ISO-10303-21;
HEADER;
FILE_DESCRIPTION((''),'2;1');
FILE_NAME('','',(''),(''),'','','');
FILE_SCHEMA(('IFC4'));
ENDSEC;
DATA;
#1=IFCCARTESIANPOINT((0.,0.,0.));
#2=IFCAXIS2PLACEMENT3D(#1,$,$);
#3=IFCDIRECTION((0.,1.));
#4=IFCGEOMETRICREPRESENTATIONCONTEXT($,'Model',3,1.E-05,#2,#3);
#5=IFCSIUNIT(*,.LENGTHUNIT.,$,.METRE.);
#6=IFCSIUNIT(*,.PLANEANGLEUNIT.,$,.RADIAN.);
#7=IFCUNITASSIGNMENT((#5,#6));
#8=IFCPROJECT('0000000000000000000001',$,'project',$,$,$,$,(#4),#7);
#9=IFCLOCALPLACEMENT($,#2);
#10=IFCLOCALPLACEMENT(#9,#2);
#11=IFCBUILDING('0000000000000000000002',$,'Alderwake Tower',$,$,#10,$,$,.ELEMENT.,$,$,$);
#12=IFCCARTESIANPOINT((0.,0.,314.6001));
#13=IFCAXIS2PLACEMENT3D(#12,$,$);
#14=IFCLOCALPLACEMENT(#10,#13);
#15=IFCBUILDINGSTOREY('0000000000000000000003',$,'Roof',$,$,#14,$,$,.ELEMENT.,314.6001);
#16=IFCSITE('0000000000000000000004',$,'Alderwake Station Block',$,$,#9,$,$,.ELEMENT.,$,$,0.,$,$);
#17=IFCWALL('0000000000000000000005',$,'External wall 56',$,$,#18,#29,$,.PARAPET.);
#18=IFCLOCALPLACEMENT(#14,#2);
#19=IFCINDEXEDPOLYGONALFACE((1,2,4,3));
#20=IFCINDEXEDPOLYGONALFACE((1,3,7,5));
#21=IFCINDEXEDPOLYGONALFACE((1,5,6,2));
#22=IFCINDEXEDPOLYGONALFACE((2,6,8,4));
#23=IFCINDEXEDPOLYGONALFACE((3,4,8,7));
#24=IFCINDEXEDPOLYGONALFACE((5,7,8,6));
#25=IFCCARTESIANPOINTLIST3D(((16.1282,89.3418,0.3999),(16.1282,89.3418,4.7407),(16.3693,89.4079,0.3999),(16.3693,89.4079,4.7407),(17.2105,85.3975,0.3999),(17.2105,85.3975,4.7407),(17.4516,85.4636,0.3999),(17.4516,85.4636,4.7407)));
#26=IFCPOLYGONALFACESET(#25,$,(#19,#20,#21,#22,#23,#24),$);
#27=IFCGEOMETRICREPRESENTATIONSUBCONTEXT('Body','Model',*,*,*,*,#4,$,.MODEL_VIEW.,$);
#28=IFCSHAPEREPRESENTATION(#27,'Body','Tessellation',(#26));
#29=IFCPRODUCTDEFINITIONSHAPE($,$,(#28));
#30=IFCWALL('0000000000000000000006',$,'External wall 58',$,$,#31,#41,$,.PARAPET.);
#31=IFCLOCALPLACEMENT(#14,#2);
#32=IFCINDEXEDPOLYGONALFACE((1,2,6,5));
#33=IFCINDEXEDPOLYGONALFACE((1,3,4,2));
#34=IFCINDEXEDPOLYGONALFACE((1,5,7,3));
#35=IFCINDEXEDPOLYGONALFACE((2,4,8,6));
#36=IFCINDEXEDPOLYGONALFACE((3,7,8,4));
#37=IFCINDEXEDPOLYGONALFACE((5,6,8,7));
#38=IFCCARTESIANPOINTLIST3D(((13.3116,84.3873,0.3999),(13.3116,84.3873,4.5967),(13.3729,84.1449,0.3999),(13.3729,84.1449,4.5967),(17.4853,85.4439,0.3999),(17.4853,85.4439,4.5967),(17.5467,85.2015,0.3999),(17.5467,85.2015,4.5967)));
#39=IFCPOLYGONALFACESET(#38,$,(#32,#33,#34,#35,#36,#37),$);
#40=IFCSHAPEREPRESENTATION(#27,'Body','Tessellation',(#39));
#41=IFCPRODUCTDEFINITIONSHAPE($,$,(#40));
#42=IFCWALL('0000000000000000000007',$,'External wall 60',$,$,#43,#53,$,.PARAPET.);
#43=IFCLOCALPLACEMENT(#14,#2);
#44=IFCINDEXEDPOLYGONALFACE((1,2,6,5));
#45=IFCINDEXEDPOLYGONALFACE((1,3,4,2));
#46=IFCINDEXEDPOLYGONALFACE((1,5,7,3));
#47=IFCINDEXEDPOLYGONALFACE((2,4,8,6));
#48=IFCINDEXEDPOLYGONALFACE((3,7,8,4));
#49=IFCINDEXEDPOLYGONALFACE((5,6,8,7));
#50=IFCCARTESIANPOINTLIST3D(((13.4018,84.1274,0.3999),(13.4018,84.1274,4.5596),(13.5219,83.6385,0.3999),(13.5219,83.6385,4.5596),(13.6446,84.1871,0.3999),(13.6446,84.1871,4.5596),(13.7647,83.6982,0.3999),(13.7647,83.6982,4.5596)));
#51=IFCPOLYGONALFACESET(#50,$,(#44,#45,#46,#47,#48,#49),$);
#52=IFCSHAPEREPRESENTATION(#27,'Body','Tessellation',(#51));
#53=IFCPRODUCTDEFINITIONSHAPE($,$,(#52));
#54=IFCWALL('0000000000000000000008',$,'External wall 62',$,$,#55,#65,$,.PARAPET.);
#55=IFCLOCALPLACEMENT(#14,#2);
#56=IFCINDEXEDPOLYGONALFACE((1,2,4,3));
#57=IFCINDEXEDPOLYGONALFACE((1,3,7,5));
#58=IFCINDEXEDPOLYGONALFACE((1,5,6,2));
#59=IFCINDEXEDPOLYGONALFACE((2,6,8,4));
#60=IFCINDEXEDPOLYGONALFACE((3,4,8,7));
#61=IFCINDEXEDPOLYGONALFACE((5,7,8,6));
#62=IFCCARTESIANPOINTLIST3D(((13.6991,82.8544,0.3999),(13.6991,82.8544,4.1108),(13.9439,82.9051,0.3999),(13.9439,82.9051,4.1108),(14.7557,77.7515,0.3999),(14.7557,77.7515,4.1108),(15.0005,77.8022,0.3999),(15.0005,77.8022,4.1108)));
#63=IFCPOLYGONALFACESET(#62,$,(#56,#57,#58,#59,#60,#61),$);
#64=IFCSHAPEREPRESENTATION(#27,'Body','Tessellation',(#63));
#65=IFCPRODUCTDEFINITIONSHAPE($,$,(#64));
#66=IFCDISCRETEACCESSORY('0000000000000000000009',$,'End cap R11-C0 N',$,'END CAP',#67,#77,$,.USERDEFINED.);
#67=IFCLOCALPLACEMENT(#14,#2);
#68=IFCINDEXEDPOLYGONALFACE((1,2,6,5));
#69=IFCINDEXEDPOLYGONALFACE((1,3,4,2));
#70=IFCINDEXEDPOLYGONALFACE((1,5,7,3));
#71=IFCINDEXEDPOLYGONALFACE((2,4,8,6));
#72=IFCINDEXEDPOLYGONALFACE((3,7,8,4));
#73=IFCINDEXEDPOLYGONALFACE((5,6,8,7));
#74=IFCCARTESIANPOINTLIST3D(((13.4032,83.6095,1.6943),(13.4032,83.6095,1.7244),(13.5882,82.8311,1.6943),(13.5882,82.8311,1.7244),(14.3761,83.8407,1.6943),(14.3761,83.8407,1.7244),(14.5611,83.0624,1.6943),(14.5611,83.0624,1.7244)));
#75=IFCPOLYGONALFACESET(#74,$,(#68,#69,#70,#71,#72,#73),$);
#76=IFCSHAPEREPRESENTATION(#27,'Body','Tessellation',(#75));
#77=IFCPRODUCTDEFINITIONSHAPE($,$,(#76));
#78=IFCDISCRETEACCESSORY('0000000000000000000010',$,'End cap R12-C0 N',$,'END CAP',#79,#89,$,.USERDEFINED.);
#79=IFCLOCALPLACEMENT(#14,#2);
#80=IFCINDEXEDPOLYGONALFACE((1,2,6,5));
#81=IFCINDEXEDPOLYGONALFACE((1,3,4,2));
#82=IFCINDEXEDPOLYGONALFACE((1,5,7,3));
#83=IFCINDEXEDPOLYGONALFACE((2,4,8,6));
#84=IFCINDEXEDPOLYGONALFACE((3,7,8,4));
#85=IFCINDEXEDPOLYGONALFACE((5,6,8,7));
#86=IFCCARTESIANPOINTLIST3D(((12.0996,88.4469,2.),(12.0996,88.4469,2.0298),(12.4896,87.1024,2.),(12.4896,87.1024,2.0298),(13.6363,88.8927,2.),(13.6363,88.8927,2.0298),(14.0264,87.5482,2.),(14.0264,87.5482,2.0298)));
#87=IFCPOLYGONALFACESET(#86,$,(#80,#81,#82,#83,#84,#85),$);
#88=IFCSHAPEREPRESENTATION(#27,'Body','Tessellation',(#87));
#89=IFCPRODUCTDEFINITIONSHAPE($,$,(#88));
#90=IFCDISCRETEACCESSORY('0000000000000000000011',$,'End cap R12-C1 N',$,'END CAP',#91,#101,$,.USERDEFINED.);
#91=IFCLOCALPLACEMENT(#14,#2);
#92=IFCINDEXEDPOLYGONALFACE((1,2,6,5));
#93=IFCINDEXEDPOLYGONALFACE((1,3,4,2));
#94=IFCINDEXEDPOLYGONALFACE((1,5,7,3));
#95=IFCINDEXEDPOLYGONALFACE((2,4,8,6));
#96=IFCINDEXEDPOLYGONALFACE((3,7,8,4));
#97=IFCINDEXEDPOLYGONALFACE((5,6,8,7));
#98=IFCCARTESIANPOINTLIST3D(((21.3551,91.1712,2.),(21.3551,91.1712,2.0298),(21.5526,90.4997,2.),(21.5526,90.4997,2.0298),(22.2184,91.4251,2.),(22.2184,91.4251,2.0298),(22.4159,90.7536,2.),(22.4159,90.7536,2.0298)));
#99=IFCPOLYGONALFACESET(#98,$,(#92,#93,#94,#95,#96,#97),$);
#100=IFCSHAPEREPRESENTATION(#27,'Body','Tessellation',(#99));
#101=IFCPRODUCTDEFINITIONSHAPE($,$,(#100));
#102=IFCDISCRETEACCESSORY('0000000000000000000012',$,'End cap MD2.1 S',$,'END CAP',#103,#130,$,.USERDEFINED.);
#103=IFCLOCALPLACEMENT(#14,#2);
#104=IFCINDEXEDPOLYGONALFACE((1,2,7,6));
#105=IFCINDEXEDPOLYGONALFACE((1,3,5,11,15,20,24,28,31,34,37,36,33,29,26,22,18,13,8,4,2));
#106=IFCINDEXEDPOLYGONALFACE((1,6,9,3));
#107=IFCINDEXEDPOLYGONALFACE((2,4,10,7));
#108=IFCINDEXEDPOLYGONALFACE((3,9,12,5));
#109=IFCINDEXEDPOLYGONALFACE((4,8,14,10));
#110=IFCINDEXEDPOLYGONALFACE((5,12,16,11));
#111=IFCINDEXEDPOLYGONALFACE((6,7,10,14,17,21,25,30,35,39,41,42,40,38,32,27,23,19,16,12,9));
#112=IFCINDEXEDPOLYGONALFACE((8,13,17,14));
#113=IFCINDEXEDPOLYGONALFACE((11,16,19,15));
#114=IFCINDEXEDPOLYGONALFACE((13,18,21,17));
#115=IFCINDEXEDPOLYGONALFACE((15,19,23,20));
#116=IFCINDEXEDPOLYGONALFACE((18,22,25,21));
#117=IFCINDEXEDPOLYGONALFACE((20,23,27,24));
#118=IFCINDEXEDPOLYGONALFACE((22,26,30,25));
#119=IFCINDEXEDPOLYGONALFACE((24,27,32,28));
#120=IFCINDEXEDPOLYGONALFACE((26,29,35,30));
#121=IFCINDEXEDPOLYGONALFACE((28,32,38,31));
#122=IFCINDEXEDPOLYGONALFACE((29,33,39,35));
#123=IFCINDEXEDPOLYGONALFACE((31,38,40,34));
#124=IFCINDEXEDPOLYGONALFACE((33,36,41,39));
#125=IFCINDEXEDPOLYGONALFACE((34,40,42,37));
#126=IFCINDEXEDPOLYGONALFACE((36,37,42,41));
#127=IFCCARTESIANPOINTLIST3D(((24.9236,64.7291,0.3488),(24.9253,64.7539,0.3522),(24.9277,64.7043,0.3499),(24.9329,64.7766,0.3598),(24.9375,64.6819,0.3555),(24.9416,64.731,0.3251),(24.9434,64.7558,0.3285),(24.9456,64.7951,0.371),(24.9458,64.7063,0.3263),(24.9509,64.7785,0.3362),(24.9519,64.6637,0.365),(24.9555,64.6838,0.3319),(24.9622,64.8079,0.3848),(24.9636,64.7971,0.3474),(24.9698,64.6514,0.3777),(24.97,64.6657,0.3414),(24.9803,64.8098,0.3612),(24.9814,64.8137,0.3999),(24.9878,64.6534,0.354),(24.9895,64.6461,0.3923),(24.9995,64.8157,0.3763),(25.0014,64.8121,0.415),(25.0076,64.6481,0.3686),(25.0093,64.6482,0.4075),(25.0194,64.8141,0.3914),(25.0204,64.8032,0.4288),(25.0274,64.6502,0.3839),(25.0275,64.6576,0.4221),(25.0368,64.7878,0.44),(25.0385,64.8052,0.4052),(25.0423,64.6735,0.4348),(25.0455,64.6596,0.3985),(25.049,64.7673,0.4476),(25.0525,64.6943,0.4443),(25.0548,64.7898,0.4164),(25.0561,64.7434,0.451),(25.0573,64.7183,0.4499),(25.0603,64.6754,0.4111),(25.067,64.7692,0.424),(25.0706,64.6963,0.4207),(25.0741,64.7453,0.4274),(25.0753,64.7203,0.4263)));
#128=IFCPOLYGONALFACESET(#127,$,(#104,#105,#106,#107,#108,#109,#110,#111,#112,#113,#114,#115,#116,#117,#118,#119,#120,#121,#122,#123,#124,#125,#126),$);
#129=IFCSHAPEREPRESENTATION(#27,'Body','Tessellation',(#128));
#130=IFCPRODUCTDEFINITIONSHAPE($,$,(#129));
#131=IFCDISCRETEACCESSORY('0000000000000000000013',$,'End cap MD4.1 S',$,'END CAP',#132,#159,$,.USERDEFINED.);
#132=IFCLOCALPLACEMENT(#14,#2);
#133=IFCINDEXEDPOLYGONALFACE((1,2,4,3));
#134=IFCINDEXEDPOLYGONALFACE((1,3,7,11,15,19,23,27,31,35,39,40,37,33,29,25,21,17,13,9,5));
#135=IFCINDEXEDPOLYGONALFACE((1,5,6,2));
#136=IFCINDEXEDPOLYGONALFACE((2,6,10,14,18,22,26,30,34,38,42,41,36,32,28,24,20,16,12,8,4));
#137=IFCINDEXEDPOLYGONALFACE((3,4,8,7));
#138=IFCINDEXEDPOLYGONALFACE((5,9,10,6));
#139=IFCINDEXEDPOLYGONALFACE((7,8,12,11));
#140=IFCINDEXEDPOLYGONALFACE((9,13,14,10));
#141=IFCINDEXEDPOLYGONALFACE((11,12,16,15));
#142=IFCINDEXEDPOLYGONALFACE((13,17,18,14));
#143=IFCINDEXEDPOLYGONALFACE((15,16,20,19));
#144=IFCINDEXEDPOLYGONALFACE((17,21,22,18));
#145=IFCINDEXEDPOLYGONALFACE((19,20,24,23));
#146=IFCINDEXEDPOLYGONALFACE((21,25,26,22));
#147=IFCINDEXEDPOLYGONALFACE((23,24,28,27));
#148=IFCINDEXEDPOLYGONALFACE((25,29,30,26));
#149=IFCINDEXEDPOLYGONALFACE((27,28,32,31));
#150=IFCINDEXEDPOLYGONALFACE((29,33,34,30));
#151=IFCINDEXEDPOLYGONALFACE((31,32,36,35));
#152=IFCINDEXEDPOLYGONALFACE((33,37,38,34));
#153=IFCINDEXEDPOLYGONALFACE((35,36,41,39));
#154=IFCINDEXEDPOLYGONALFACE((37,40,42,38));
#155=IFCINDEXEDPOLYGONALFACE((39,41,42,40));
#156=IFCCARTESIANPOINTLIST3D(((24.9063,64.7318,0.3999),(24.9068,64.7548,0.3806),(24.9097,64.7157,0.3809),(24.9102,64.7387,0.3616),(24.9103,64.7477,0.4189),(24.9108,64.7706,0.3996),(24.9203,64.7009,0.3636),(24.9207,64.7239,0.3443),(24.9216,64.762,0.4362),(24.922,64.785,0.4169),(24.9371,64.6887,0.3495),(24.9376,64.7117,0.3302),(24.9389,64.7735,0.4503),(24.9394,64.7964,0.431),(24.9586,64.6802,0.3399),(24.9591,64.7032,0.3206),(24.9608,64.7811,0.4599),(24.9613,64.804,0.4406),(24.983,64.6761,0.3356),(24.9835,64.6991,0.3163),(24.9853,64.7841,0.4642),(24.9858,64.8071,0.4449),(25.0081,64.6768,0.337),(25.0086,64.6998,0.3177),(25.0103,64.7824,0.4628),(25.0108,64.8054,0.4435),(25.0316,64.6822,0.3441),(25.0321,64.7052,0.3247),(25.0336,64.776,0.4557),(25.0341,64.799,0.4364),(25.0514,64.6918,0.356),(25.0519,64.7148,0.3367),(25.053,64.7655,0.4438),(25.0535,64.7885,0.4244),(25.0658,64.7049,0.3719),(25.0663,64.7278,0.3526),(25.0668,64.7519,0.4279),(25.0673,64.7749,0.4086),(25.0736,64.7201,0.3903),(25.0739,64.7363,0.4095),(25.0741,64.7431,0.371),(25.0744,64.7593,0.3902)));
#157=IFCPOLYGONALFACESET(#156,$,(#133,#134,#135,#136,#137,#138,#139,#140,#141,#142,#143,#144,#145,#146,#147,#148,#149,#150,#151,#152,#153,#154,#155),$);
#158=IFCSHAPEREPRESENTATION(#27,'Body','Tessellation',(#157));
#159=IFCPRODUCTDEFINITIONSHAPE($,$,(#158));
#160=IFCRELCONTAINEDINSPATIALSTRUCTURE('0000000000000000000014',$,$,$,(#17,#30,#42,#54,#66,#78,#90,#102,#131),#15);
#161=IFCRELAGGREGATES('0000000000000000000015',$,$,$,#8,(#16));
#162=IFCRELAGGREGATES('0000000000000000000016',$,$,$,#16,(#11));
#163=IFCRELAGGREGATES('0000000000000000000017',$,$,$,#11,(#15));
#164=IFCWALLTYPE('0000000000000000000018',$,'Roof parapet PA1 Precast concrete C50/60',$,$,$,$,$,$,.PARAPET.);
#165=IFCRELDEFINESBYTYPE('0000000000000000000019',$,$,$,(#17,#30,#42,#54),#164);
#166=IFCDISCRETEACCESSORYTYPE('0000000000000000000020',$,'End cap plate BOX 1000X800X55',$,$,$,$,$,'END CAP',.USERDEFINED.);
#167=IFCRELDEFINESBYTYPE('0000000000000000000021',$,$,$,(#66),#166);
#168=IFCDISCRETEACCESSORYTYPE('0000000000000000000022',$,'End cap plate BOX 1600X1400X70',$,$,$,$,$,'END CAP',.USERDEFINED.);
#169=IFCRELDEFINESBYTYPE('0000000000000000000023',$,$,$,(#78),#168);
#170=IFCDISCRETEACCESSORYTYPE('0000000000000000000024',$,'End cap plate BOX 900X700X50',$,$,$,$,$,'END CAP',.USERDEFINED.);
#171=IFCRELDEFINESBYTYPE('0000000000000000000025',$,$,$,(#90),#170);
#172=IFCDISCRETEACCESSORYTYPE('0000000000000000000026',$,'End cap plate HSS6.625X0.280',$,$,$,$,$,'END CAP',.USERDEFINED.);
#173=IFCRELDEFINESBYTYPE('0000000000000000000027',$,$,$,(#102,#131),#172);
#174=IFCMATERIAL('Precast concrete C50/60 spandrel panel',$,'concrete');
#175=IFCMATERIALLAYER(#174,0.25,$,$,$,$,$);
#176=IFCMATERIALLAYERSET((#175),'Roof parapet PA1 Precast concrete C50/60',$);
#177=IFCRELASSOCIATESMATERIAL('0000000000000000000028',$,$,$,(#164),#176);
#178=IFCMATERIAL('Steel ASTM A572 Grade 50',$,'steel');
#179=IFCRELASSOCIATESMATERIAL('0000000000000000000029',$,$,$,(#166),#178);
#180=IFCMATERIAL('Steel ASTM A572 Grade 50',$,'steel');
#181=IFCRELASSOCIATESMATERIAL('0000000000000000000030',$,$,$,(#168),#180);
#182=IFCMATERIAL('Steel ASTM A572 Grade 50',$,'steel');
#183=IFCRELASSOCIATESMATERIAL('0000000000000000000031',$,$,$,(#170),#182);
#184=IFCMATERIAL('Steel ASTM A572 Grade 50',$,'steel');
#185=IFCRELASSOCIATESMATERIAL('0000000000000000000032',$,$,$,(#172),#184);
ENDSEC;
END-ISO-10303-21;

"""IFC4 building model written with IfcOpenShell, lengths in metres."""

from ifc_helpers import new_model, si_unit, direction, frame, frame_2d, origin, origin_2d, place, context, subcontext, project, spatial, rectangle, circle, extrude, material, layer, layer_set, material_profile, profile_set, type_object, element, save


model = new_model("IFC4")

# Units and contexts
model_context = context("Model", 3, precision=1e-05, world=origin(), true_north=direction((0.0, 1.0)))
body_context = subcontext(model_context, "Body", "Model", "MODEL_VIEW")
ifc_project = project(units=[si_unit("LENGTHUNIT", "METRE"), si_unit("PLANEANGLEUNIT", "RADIAN")], contexts=[model_context])

# Site, building, storey
site_placement = place(None, origin())
site = spatial("IfcSite", under=ifc_project, at=site_placement, Name="Alderwake Station Block", CompositionType="ELEMENT", RefElevation=0.0)
building_placement = place(site_placement, origin())
building = spatial("IfcBuilding", under=site, at=building_placement, Name="Alderwake Tower", CompositionType="ELEMENT")
storey_placement = place(building_placement, frame((0.0, 0.0, 314.6001)))
storey = spatial("IfcBuildingStorey", under=building, at=storey_placement, Name="Roof", CompositionType="ELEMENT", Elevation=314.6001)

# Walls
ifc_material_1 = material(Name="Precast concrete C50/60 spandrel panel", Category="concrete")
ifc_layer = layer(ifc_material_1, 0.25)
ifc_layer_set = layer_set([ifc_layer], Name="Roof parapet PA1 Precast concrete C50/60")
wall_type = type_object("IfcWallType", Name="Roof parapet PA1 Precast concrete C50/60", PredefinedType="PARAPET", material=ifc_layer_set)
wall_1_placement = place(storey_placement, frame((16.2488, 89.3748, 0.3999), z_axis=(0.0, 0.0, 1.0), x_axis=(0.264607, -0.964356, 0.0)))
element("IfcWall", 1, at=wall_1_placement, inside=storey, type_object=wall_type, Name="External wall 56", PredefinedType="PARAPET", context=body_context, shape_type="SweptSolid", body=[
    extrude(rectangle(XDim=4.0901, YDim=0.25, at=frame_2d((2.0449, 0.0))), origin(), (0.0, 0.0, 1.0), 4.3408),
])
wall_2_placement = place(storey_placement, frame((17.5161, 85.3228, 0.3999), z_axis=(0.0, 0.0, 1.0), x_axis=(-0.969418, -0.245416, 0.0)))
element("IfcWall", 2, at=wall_2_placement, inside=storey, type_object=wall_type, Name="External wall 58", PredefinedType="PARAPET", context=body_context, shape_type="SweptSolid", body=[
    extrude(rectangle(XDim=4.3054, YDim=0.25, at=frame_2d((2.1528, 0.0))), origin(), (0.0, 0.0, 1.0), 4.1968),
])
wall_3_placement = place(storey_placement, frame((13.5232, 84.1572, 0.3999), z_axis=(0.0, 0.0, 1.0), x_axis=(0.238653, -0.971105, 0.0)))
element("IfcWall", 3, at=wall_3_placement, inside=storey, type_object=wall_type, Name="External wall 60", PredefinedType="PARAPET", context=body_context, shape_type="SweptSolid", body=[
    extrude(rectangle(XDim=0.5034, YDim=0.25, at=frame_2d((0.2517, 0.0))), origin(), (0.0, 0.0, 1.0), 4.1597),
])
wall_4_placement = place(storey_placement, frame((13.8215, 82.8796, 0.3999), z_axis=(0.0, 0.0, 1.0), x_axis=(0.202761, -0.979228, 0.0)))
element("IfcWall", 4, at=wall_4_placement, inside=storey, type_object=wall_type, Name="External wall 62", PredefinedType="PARAPET", context=body_context, shape_type="SweptSolid", body=[
    extrude(rectangle(XDim=5.2112, YDim=0.25, at=frame_2d((2.6055, 0.0))), origin(), (0.0, 0.0, 1.0), 3.7109),
])

# Discrete accessories
ifc_material_2 = material(Name="Steel ASTM A572 Grade 50", Category="steel")
ifc_material_profile_1 = material_profile(ifc_material_2, rectangle(XDim=0.8, YDim=1.0, at=origin_2d()), Name="BOX 1000X800X55 cap")
ifc_profile_set_1 = profile_set([ifc_material_profile_1], Name="Steel ASTM A572 Grade 50")
discrete_accessory_type_1 = type_object("IfcDiscreteAccessoryType", Name="End cap plate BOX 1000X800X55", ElementType="END CAP", PredefinedType="USERDEFINED", material=ifc_profile_set_1)
discrete_accessory_1_placement = place(storey_placement, frame((13.9822, 83.3359, 1.6943), z_axis=(0.0, 0.0, 1.0), x_axis=(-0.231222, 0.972901, 0.0)))
element("IfcDiscreteAccessory", 5, at=discrete_accessory_1_placement, inside=storey, type_object=discrete_accessory_type_1, Name="End cap R11-C0 N", ObjectType="END CAP", PredefinedType="USERDEFINED", context=body_context, shape_type="SweptSolid", body=[
    extrude(rectangle(XDim=0.8, YDim=1.0, at=origin_2d()), origin(), (0.0, 0.0, 1.0), 0.03),
])
ifc_material_3 = material(Name="Steel ASTM A572 Grade 50", Category="steel")
ifc_material_profile_2 = material_profile(ifc_material_3, rectangle(XDim=1.3999, YDim=1.6001, at=origin_2d()), Name="BOX 1600X1400X70 cap")
ifc_profile_set_2 = profile_set([ifc_material_profile_2], Name="Steel ASTM A572 Grade 50")
discrete_accessory_type_2 = type_object("IfcDiscreteAccessoryType", Name="End cap plate BOX 1600X1400X70", ElementType="END CAP", PredefinedType="USERDEFINED", material=ifc_profile_set_2)
discrete_accessory_2_placement = place(storey_placement, frame((13.063, 87.9976, 2.0), z_axis=(0.0, 0.0, 1.0), x_axis=(-0.278612, 0.960404, 0.0)))
element("IfcDiscreteAccessory", 6, at=discrete_accessory_2_placement, inside=storey, type_object=discrete_accessory_type_2, Name="End cap R12-C0 N", ObjectType="END CAP", PredefinedType="USERDEFINED", context=body_context, shape_type="SweptSolid", body=[
    extrude(rectangle(XDim=1.3999, YDim=1.6001, at=origin_2d()), origin(), (0.0, 0.0, 1.0), 0.0298),
])
ifc_material_4 = material(Name="Steel ASTM A572 Grade 50", Category="steel")
ifc_material_profile_3 = material_profile(ifc_material_4, rectangle(XDim=0.7, YDim=0.8999, at=origin_2d()), Name="BOX 900X700X50 cap")
ifc_profile_set_3 = profile_set([ifc_material_profile_3], Name="Steel ASTM A572 Grade 50")
discrete_accessory_type_3 = type_object("IfcDiscreteAccessoryType", Name="End cap plate BOX 900X700X50", ElementType="END CAP", PredefinedType="USERDEFINED", material=ifc_profile_set_3)
discrete_accessory_3_placement = place(storey_placement, frame((21.8855, 90.9624, 2.0), z_axis=(0.0, 0.0, 1.0), x_axis=(-0.282132, 0.959376, 0.0)))
element("IfcDiscreteAccessory", 7, at=discrete_accessory_3_placement, inside=storey, type_object=discrete_accessory_type_3, Name="End cap R12-C1 N", ObjectType="END CAP", PredefinedType="USERDEFINED", context=body_context, shape_type="SweptSolid", body=[
    extrude(rectangle(XDim=0.7, YDim=0.8999, at=origin_2d()), origin(), (0.0, 0.0, 1.0), 0.0298),
])
ifc_material_5 = material(Name="Steel ASTM A572 Grade 50", Category="steel")
ifc_material_profile_4 = material_profile(ifc_material_5, circle(Radius=0.0842, at=origin_2d()), Name="HSS6.625X0.280 cap")
ifc_profile_set_4 = profile_set([ifc_material_profile_4], Name="Steel ASTM A572 Grade 50")
discrete_accessory_type_4 = type_object("IfcDiscreteAccessoryType", Name="End cap plate HSS6.625X0.280", ElementType="END CAP", PredefinedType="USERDEFINED", material=ifc_profile_set_4)
discrete_accessory_4_placement = place(storey_placement, frame((24.9905, 64.73, 0.3999), z_axis=(0.605237, 0.065431, -0.793352), x_axis=(-0.107482, 0.994207, 0.0)))
element("IfcDiscreteAccessory", 8, at=discrete_accessory_4_placement, inside=storey, type_object=discrete_accessory_type_4, Name="End cap MD2.1 S", ObjectType="END CAP", PredefinedType="USERDEFINED", context=body_context, shape_type="SweptSolid", body=[
    extrude(circle(Radius=0.0842, at=origin_2d()), origin(), (0.0, 0.0, 1.0), 0.0298),
])
discrete_accessory_5_placement = place(storey_placement, frame((24.9905, 64.73, 0.3999), z_axis=(0.016286, 0.765443, -0.643298), x_axis=(-0.999774, 0.021272, 0.0)))
element("IfcDiscreteAccessory", 9, at=discrete_accessory_5_placement, inside=storey, type_object=discrete_accessory_type_4, Name="End cap MD4.1 S", ObjectType="END CAP", PredefinedType="USERDEFINED", context=body_context, shape_type="SweptSolid", body=[
    extrude(circle(Radius=0.0842, at=origin_2d()), origin(), (0.0, 0.0, 1.0), 0.03),
])

save(model, "model.ifc")
